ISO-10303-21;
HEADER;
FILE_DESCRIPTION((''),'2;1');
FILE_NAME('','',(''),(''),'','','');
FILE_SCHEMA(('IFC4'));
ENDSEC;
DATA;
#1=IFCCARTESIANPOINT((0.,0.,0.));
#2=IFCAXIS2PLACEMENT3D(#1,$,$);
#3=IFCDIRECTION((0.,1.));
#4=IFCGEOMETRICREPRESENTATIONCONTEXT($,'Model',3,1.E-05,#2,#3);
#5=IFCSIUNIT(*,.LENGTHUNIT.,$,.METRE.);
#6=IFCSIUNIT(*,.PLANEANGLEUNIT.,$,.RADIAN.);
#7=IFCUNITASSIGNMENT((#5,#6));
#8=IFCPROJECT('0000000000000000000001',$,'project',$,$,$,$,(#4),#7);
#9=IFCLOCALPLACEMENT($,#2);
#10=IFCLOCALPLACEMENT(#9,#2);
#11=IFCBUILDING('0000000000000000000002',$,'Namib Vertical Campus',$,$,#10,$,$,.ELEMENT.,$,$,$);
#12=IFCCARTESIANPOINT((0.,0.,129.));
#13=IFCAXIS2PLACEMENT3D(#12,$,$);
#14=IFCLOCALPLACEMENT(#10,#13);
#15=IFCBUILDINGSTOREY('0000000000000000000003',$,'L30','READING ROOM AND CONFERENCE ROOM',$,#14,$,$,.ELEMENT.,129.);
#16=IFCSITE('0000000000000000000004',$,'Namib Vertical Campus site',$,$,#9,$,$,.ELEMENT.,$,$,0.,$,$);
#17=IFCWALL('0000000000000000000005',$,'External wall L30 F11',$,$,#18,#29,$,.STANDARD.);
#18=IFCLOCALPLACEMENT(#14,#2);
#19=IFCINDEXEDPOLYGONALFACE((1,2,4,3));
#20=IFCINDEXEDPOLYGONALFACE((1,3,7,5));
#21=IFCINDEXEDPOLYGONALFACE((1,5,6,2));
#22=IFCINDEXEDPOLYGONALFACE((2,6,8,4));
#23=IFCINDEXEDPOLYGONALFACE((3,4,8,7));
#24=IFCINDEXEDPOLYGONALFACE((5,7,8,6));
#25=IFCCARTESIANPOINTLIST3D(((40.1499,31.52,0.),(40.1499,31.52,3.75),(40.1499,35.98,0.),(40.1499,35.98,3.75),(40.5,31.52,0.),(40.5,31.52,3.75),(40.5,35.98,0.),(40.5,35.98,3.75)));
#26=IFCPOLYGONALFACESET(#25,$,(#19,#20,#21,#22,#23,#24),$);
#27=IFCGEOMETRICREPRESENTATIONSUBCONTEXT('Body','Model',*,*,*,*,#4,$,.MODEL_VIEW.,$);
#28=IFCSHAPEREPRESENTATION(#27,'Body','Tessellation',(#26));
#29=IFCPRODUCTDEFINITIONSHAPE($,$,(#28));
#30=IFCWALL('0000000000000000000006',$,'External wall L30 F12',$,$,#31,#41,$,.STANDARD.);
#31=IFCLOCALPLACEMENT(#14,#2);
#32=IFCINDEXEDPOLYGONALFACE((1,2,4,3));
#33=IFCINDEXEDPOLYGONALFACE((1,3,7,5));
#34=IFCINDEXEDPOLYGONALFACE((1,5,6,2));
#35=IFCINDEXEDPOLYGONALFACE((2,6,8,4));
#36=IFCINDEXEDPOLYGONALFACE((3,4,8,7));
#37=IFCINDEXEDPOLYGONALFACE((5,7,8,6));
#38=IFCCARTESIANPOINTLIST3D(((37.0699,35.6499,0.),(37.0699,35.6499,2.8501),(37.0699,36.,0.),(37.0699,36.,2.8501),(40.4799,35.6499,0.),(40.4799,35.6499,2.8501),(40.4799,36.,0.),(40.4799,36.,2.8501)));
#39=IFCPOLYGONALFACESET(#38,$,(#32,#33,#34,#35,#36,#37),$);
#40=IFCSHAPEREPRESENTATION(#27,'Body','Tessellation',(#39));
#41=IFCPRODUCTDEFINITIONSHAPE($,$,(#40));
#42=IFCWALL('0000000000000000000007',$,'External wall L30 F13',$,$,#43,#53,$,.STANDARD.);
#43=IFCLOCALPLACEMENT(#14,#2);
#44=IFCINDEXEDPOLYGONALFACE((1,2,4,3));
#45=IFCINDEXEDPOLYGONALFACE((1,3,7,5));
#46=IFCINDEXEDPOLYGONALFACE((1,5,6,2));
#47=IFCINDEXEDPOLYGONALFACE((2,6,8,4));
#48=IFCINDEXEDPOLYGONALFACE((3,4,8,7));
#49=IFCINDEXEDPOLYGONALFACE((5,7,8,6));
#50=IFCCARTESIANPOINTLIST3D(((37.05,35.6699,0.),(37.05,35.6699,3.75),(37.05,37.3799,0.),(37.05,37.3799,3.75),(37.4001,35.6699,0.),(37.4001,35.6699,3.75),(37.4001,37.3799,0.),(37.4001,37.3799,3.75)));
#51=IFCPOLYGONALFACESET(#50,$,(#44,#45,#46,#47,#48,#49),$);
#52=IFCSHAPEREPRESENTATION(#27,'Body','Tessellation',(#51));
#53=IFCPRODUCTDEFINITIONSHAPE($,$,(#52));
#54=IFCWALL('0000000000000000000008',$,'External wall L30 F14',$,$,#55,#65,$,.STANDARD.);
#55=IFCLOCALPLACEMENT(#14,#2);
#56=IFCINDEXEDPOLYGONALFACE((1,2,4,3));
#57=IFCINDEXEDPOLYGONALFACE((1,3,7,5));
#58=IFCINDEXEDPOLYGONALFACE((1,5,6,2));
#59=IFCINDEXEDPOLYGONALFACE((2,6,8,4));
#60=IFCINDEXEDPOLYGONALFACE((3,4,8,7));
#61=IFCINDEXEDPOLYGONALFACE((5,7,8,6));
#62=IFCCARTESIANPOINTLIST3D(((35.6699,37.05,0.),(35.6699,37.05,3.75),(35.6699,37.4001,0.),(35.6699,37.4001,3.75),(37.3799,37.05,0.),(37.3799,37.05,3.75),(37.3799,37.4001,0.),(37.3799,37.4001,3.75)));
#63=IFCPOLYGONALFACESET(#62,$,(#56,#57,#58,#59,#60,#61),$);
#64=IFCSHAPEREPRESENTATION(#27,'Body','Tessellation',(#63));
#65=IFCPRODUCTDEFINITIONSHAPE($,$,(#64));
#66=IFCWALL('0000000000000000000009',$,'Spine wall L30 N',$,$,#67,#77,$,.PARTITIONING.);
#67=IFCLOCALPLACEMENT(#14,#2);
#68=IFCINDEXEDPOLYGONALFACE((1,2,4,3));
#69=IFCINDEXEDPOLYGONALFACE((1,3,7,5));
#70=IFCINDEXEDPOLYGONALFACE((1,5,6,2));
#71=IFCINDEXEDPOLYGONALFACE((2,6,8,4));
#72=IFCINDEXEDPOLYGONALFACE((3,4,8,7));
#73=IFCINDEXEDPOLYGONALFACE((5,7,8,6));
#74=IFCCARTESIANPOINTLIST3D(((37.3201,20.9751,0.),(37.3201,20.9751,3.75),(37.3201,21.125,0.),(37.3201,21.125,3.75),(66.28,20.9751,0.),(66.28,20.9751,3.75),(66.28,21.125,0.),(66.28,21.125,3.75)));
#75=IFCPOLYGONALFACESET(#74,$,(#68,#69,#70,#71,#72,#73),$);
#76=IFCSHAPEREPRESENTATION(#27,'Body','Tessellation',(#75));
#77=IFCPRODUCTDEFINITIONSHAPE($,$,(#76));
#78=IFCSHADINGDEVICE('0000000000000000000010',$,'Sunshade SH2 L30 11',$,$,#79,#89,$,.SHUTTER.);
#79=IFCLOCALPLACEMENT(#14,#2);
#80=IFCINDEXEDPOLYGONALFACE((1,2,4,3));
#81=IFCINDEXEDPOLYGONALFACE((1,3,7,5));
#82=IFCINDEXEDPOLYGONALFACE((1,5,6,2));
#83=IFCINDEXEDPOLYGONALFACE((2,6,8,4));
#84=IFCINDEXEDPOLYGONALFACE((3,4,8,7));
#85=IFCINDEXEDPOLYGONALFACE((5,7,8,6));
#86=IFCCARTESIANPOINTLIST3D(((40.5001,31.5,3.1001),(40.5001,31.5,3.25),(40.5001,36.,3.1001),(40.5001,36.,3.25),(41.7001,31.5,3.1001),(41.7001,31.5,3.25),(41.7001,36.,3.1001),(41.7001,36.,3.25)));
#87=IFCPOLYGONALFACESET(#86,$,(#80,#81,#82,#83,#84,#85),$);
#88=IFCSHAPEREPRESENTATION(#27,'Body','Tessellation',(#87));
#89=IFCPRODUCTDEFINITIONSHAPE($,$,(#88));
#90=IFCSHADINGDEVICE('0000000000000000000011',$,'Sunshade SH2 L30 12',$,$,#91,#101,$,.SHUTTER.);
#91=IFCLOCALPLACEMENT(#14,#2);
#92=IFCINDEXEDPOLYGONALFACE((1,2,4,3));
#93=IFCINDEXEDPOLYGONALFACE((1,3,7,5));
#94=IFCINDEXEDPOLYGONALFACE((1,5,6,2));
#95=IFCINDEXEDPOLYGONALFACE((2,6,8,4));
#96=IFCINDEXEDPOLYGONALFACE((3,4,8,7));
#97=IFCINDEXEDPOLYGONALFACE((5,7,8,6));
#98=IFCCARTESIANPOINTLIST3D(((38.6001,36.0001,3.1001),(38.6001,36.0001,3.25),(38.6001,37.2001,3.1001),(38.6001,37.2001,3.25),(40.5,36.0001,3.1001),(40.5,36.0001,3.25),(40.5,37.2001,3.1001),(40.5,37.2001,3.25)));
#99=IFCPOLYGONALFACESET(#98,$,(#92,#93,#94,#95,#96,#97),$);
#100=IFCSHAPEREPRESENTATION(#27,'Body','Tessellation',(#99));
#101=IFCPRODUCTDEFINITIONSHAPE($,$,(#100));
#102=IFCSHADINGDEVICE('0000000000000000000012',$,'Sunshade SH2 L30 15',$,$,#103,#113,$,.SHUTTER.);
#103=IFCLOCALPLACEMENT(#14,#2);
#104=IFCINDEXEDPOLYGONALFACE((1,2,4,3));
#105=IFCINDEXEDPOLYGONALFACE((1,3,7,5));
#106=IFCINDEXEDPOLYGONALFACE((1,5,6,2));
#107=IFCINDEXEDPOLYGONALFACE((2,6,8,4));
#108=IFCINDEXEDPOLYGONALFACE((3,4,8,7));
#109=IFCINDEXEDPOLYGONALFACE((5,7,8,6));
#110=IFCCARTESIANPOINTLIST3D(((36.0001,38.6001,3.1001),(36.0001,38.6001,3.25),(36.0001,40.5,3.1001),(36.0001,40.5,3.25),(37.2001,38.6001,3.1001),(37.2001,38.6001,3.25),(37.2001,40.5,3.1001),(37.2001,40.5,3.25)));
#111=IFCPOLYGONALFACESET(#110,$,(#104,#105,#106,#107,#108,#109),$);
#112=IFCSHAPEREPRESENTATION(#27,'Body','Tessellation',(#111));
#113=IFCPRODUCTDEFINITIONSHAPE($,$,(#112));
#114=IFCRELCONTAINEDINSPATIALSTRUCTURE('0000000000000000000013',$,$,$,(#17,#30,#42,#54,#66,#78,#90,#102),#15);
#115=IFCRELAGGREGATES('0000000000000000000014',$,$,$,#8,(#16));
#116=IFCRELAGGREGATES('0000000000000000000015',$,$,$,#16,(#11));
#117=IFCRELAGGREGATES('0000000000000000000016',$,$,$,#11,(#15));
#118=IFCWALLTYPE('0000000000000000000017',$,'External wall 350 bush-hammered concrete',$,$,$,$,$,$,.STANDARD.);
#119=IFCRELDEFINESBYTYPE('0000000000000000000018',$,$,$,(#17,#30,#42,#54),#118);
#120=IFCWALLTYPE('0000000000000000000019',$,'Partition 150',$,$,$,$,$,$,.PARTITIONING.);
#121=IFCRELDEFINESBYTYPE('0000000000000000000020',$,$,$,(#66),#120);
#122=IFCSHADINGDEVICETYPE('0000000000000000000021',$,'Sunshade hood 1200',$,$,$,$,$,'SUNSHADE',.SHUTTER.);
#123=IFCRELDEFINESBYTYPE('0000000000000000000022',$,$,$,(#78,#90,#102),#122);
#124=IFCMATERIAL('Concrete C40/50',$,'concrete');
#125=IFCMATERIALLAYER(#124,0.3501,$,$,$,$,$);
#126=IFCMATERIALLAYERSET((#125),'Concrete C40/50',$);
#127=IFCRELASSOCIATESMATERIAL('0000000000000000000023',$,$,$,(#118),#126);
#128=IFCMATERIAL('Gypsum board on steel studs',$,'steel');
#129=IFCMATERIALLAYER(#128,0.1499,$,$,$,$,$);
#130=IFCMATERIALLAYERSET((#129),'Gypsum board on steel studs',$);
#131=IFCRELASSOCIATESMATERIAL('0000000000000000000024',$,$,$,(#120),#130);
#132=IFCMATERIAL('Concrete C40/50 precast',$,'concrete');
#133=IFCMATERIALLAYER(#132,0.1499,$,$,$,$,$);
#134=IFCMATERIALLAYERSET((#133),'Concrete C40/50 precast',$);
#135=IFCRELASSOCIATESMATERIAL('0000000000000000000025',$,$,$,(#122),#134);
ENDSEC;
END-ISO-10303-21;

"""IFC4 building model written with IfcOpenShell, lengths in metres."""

from ifc_helpers import new_model, si_unit, direction, frame, frame_2d, origin, origin_2d, place, context, subcontext, project, spatial, rectangle, extrude, material, layer, layer_set, type_object, element, save


model = new_model("IFC4")

# Units and contexts
model_context = context("Model", 3, precision=1e-05, world=origin(), true_north=direction((0.0, 1.0)))
body_context = subcontext(model_context, "Body", "Model", "MODEL_VIEW")
ifc_project = project(units=[si_unit("LENGTHUNIT", "METRE"), si_unit("PLANEANGLEUNIT", "RADIAN")], contexts=[model_context])

# Site, building, storey
site_placement = place(None, origin())
site = spatial("IfcSite", under=ifc_project, at=site_placement, Name="Namib Vertical Campus site", CompositionType="ELEMENT", RefElevation=0.0)
building_placement = place(site_placement, origin())
building = spatial("IfcBuilding", under=site, at=building_placement, Name="Namib Vertical Campus", CompositionType="ELEMENT")
storey_placement = place(building_placement, frame((0.0, 0.0, 129.0)))
storey = spatial("IfcBuildingStorey", under=building, at=storey_placement, Name="L30", Description="READING ROOM AND CONFERENCE ROOM", CompositionType="ELEMENT", Elevation=129.0)

# Walls
ifc_material_1 = material(Name="Concrete C40/50", Category="concrete")
ifc_layer_1 = layer(ifc_material_1, 0.3501)
ifc_layer_set_1 = layer_set([ifc_layer_1], Name="Concrete C40/50")
wall_type_1 = type_object("IfcWallType", Name="External wall 350 bush-hammered concrete", PredefinedType="STANDARD", material=ifc_layer_set_1)
wall_1_placement = place(storey_placement, frame((40.325, 31.52, 0.0), z_axis=(0.0, 0.0, 1.0), x_axis=(0.0, 1.0, 0.0)))
element("IfcWall", 1, at=wall_1_placement, inside=storey, type_object=wall_type_1, Name="External wall L30 F11", PredefinedType="STANDARD", context=body_context, shape_type="SweptSolid", body=[
    extrude(rectangle(XDim=4.46, YDim=0.3501, at=frame_2d((2.23, 0.0))), origin(), (0.0, 0.0, 1.0), 3.75),
])
wall_2_placement = place(storey_placement, frame((40.48, 35.825, 0.0), z_axis=(0.0, 0.0, 1.0), x_axis=(-1.0, 0.0, 0.0)))
element("IfcWall", 2, at=wall_2_placement, inside=storey, type_object=wall_type_1, Name="External wall L30 F12", PredefinedType="STANDARD", context=body_context, shape_type="SweptSolid", body=[
    extrude(rectangle(XDim=3.4099, YDim=0.3501, at=frame_2d((1.7051, 0.0))), origin(), (0.0, 0.0, 1.0), 2.8501),
])
for number, where, z_axis, x_axis, name in (
    (3, (37.2251, 35.6699, 0.0), (0.0, 0.0, 1.0), (0.0, 1.0, 0.0), "External wall L30 F13"),
    (4, (37.3799, 37.2251, 0.0), (0.0, 0.0, 1.0), (-1.0, 0.0, 0.0), "External wall L30 F14"),
):
    element("IfcWall", number, at=place(storey_placement, frame(where, z_axis=z_axis, x_axis=x_axis)), inside=storey, type_object=wall_type_1, Name=name, PredefinedType="STANDARD", context=body_context, shape_type="SweptSolid", body=[
        extrude(rectangle(XDim=1.71, YDim=0.3501, at=frame_2d((0.855, 0.0))), origin(), (0.0, 0.0, 1.0), 3.75),
    ])
ifc_material_2 = material(Name="Gypsum board on steel studs", Category="steel")
ifc_layer_2 = layer(ifc_material_2, 0.1499)
ifc_layer_set_2 = layer_set([ifc_layer_2], Name="Gypsum board on steel studs")
wall_type_2 = type_object("IfcWallType", Name="Partition 150", PredefinedType="PARTITIONING", material=ifc_layer_set_2)
wall_3_placement = place(storey_placement, frame((37.3201, 21.05, 0.0), z_axis=(0.0, 0.0, 1.0), x_axis=(1.0, 0.0, 0.0)))
element("IfcWall", 5, at=wall_3_placement, inside=storey, type_object=wall_type_2, Name="Spine wall L30 N", PredefinedType="PARTITIONING", context=body_context, shape_type="SweptSolid", body=[
    extrude(rectangle(XDim=28.96, YDim=0.1499, at=frame_2d((14.48, 0.0))), origin(), (0.0, 0.0, 1.0), 3.75),
])

# Shading devices
ifc_material_3 = material(Name="Concrete C40/50 precast", Category="concrete")
ifc_layer_3 = layer(ifc_material_3, 0.1499)
ifc_layer_set_3 = layer_set([ifc_layer_3], Name="Concrete C40/50 precast")
shading_device_type = type_object("IfcShadingDeviceType", Name="Sunshade hood 1200", ElementType="SUNSHADE", PredefinedType="SHUTTER", material=ifc_layer_set_3)
shading_device_placement = place(storey_placement, frame((41.1001, 33.75, 3.1001), z_axis=(0.0, 0.0, 1.0), x_axis=(0.0, 1.0, 0.0)))
element("IfcShadingDevice", 6, at=shading_device_placement, inside=storey, type_object=shading_device_type, Name="Sunshade SH2 L30 11", PredefinedType="SHUTTER", context=body_context, shape_type="SweptSolid", body=[
    extrude(rectangle(XDim=4.5, YDim=1.2, at=origin_2d()), origin(), (0.0, 0.0, 1.0), 0.1499),
])
for number, where, z_axis, x_axis, name in (
    (7, (39.55, 36.6001, 3.1001), (0.0, 0.0, 1.0), (-1.0, 0.0, 0.0), "Sunshade SH2 L30 12"),
    (8, (36.6001, 39.55, 3.1001), (0.0, 0.0, 1.0), (0.0, 1.0, 0.0), "Sunshade SH2 L30 15"),
):
    element("IfcShadingDevice", number, at=place(storey_placement, frame(where, z_axis=z_axis, x_axis=x_axis)), inside=storey, type_object=shading_device_type, Name=name, PredefinedType="SHUTTER", context=body_context, shape_type="SweptSolid", body=[
        extrude(rectangle(XDim=1.8999, YDim=1.2, at=origin_2d()), origin(), (0.0, 0.0, 1.0), 0.1499),
    ])

save(model, "model.ifc")
